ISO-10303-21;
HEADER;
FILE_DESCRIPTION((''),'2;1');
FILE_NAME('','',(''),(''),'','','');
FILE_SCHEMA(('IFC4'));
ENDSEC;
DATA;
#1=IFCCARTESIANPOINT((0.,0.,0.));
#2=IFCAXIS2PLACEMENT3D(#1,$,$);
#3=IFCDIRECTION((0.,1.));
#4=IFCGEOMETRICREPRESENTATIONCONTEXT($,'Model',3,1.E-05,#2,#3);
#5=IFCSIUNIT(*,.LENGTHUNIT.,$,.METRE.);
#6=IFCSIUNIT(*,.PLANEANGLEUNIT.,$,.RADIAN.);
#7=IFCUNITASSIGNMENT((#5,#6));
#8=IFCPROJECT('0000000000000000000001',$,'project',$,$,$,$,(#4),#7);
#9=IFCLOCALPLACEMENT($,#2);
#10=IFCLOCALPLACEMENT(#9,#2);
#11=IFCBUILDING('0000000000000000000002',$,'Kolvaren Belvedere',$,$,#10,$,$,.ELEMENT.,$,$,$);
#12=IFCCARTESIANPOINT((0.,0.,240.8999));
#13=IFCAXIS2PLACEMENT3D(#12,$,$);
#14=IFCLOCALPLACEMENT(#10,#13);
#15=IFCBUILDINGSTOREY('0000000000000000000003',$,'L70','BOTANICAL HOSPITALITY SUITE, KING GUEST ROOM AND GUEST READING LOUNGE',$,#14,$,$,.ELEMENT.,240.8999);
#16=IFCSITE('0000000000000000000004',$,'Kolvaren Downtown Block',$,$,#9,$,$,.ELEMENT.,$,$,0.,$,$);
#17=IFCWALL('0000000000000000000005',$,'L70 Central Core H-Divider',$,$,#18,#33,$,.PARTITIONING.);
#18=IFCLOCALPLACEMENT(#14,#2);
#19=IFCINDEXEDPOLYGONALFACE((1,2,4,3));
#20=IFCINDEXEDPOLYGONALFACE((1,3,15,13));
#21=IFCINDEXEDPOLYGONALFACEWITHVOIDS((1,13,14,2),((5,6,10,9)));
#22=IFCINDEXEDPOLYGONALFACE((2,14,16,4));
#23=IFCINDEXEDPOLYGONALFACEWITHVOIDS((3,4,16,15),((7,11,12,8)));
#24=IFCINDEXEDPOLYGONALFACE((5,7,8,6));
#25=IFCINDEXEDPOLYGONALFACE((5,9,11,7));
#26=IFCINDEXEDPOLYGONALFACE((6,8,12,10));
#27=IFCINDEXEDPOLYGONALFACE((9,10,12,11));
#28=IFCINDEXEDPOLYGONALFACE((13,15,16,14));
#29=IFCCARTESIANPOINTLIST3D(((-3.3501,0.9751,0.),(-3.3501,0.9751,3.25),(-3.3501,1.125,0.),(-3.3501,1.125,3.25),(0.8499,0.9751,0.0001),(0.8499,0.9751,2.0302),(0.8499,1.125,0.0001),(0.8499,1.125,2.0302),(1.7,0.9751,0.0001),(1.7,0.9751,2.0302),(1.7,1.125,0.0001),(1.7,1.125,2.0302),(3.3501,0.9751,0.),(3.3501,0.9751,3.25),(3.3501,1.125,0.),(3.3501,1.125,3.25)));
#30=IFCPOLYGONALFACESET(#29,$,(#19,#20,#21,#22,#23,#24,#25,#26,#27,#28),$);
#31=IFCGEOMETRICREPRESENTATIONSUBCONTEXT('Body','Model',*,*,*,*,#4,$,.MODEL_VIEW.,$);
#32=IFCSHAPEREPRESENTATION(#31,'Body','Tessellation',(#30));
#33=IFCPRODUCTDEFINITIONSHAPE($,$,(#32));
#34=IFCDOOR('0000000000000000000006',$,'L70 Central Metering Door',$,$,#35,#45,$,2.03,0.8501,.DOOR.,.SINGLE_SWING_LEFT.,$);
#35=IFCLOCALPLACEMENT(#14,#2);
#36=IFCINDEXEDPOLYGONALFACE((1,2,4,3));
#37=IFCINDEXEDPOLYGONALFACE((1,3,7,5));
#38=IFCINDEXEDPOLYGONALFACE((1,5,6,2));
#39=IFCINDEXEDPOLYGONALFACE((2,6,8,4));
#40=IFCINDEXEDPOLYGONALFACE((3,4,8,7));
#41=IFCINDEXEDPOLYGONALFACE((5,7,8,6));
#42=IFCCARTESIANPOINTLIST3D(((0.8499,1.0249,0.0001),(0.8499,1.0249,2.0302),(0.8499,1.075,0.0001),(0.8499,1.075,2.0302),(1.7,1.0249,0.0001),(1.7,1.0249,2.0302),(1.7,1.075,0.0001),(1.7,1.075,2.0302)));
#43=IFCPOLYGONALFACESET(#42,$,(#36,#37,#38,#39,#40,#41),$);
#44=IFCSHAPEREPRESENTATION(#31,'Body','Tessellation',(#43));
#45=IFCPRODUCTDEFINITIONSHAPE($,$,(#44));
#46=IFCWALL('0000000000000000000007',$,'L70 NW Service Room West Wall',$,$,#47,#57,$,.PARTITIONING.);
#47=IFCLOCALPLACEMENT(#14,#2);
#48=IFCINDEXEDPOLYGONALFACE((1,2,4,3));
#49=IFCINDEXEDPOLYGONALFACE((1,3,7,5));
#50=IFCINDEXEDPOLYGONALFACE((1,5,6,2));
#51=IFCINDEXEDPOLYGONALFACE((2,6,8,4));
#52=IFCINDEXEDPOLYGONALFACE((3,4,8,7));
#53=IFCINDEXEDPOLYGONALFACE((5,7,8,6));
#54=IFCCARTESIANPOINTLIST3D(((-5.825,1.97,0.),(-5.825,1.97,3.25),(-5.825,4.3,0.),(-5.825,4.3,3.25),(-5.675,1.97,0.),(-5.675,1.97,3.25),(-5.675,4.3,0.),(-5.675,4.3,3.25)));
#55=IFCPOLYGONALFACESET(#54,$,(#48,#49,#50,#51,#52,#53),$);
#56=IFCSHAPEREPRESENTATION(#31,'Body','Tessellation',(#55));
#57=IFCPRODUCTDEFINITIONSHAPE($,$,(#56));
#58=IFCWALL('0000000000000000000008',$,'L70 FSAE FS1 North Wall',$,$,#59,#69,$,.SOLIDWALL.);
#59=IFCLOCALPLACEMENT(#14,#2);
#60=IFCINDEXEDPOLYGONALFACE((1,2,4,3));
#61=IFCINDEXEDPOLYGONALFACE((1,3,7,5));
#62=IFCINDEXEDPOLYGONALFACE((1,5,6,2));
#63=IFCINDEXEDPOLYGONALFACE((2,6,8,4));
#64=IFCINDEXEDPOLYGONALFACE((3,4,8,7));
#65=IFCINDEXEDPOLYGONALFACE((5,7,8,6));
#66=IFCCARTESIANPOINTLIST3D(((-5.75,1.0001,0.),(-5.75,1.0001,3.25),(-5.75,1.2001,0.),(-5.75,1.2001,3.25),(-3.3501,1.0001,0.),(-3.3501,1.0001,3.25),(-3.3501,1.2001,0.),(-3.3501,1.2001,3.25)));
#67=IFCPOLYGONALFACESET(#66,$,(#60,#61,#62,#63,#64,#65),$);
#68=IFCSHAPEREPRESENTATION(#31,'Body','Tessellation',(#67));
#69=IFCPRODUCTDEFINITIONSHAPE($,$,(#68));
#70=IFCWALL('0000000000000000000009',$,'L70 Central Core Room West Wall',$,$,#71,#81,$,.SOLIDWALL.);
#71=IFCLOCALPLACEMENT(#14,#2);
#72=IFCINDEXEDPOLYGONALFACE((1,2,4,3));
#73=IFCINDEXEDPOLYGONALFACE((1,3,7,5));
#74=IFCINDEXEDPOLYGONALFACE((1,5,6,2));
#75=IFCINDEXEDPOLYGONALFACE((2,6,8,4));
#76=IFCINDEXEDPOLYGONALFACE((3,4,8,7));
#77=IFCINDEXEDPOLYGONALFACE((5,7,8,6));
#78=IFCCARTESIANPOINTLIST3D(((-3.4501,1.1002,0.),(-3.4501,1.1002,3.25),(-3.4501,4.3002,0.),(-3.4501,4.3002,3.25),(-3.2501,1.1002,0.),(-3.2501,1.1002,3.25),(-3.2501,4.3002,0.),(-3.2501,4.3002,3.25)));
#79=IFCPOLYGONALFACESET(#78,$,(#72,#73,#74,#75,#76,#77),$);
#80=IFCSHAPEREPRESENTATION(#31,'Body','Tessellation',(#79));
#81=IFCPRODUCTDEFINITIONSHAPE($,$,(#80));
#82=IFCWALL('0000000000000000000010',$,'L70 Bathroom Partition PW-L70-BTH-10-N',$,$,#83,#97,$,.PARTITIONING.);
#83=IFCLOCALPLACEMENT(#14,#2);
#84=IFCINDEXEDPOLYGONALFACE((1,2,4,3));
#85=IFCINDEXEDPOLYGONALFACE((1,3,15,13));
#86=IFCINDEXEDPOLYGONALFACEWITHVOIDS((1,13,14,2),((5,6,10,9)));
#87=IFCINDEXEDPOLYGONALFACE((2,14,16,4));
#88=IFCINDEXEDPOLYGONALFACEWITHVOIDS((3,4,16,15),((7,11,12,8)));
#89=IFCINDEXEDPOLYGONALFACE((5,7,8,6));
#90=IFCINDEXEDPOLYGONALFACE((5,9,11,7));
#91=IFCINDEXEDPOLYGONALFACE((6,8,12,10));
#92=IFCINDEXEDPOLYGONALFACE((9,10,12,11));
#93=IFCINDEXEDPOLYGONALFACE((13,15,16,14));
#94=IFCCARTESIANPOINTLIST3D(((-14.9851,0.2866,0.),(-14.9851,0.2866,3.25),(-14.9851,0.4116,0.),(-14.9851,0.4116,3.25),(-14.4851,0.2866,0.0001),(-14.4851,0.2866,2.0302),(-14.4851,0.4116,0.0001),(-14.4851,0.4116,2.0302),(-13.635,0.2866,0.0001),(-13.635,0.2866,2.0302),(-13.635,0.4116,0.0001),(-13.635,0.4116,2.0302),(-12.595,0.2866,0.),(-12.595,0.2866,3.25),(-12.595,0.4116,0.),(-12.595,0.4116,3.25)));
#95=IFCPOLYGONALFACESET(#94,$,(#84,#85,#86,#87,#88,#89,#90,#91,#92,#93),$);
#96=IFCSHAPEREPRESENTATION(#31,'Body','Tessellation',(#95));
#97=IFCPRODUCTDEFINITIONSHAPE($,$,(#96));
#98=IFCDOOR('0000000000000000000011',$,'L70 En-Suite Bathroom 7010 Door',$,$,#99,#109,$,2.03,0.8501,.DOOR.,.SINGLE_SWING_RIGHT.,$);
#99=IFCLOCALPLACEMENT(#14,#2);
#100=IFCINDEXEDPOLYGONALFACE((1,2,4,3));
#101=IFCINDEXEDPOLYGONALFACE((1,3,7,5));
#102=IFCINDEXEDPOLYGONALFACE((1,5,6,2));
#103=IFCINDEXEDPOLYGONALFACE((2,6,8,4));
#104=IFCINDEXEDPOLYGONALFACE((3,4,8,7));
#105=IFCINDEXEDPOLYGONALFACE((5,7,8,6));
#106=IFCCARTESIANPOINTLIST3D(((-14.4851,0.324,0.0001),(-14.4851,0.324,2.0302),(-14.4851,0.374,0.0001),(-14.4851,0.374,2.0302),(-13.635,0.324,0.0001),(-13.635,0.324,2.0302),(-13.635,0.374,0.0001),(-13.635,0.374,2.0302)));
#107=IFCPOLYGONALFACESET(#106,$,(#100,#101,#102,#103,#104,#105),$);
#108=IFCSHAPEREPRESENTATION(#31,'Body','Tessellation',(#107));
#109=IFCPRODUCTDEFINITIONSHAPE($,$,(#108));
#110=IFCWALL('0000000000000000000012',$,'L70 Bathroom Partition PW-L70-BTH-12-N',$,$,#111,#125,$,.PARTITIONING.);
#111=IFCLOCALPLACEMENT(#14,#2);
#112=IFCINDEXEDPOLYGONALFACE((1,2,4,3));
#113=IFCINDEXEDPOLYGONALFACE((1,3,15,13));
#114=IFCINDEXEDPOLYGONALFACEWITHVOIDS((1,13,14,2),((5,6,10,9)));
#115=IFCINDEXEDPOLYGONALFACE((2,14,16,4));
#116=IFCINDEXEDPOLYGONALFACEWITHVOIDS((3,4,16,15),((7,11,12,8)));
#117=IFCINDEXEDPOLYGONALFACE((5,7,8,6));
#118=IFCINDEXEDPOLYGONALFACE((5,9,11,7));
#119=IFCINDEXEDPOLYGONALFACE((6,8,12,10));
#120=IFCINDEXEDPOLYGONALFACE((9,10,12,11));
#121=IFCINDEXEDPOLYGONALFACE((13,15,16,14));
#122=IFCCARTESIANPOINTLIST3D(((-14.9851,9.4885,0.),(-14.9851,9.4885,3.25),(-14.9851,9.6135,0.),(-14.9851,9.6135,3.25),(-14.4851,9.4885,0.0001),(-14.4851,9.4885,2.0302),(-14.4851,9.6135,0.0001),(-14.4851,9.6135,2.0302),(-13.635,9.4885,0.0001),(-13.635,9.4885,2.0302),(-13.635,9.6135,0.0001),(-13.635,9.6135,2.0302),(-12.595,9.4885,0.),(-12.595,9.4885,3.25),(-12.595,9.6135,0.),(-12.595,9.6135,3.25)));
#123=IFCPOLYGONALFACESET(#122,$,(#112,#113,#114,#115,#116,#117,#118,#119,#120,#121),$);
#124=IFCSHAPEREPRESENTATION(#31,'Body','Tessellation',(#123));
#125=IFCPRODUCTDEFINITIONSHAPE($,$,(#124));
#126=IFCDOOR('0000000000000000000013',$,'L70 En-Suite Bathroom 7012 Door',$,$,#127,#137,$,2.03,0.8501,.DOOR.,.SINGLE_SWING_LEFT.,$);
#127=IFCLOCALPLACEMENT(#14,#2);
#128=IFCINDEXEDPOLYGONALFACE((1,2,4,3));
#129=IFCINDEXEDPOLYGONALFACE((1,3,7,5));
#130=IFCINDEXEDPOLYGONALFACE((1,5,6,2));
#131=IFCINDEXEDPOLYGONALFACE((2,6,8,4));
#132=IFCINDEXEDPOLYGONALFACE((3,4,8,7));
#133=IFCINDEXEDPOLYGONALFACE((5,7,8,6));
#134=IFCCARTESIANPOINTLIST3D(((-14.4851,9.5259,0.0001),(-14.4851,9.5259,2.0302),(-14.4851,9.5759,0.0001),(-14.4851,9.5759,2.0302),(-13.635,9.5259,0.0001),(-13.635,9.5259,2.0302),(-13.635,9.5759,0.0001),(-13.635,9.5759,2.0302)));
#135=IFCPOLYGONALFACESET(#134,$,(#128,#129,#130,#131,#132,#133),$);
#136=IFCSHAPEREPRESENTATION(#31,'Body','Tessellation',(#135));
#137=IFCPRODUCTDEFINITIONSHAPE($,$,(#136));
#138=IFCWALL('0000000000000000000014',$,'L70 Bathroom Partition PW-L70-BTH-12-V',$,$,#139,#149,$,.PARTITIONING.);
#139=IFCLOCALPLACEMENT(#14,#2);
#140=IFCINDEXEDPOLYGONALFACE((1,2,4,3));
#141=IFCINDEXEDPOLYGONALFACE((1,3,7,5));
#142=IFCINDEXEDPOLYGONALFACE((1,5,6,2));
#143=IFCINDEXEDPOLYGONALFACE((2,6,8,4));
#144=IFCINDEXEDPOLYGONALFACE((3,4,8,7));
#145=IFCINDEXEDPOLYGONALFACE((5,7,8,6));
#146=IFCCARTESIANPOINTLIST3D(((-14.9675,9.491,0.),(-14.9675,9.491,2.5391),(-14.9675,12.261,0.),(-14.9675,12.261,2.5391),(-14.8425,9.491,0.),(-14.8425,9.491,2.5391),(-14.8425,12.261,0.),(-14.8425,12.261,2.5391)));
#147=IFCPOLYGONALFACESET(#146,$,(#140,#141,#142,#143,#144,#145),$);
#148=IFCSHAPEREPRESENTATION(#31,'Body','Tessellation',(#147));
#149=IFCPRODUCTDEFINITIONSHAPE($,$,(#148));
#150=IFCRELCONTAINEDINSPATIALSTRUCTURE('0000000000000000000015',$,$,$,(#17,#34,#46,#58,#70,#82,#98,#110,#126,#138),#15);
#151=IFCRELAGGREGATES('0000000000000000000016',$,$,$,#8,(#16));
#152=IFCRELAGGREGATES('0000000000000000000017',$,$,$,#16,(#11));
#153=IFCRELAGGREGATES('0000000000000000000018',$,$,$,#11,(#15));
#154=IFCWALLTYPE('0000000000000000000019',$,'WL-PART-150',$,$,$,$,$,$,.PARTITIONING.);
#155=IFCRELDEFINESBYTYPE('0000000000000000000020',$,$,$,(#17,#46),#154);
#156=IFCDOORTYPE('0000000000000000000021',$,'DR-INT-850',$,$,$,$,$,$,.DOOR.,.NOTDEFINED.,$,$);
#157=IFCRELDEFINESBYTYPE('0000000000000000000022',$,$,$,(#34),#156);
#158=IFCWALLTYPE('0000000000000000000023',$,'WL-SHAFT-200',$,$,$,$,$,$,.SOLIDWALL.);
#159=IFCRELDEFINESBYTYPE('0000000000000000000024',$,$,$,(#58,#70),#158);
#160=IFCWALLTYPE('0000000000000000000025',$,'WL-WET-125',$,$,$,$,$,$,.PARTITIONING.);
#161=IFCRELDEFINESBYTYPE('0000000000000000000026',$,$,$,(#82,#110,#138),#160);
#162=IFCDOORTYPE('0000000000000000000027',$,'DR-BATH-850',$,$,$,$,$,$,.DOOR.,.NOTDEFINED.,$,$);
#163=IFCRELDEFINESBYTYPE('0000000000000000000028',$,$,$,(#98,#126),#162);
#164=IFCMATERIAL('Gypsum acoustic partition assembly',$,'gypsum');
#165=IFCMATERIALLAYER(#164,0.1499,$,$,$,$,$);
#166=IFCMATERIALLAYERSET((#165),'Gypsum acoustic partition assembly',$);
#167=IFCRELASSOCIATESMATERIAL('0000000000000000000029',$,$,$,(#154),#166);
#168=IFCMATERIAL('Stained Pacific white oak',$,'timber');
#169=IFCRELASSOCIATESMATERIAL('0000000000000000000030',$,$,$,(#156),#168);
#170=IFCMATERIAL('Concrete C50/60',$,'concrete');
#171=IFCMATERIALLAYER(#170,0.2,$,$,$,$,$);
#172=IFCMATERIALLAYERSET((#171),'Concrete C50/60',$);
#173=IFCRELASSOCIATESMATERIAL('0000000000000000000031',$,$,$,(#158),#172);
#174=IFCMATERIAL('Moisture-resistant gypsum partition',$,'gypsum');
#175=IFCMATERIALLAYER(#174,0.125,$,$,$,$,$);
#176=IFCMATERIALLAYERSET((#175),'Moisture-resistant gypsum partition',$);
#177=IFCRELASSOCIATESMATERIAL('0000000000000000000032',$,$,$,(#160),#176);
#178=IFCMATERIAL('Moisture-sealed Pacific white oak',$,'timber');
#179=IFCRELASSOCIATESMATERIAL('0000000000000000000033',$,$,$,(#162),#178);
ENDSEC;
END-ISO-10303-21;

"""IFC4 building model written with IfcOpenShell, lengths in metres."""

from ifc_helpers import new_model, si_unit, direction, frame, frame_2d, origin, place, context, subcontext, project, spatial, rectangle, extrude, material, layer, layer_set, type_object, element, fill, save


model = new_model("IFC4")

# Units and contexts
model_context = context("Model", 3, precision=1e-05, world=origin(), true_north=direction((0.0, 1.0)))
body_context = subcontext(model_context, "Body", "Model", "MODEL_VIEW")
ifc_project = project(units=[si_unit("LENGTHUNIT", "METRE"), si_unit("PLANEANGLEUNIT", "RADIAN")], contexts=[model_context])

# Site, building, storey
site_placement = place(None, origin())
site = spatial("IfcSite", under=ifc_project, at=site_placement, Name="Kolvaren Downtown Block", CompositionType="ELEMENT", RefElevation=0.0)
building_placement = place(site_placement, origin())
building = spatial("IfcBuilding", under=site, at=building_placement, Name="Kolvaren Belvedere", CompositionType="ELEMENT")
storey_placement = place(building_placement, frame((0.0, 0.0, 240.8999)))
storey = spatial("IfcBuildingStorey", under=building, at=storey_placement, Name="L70", Description="BOTANICAL HOSPITALITY SUITE, KING GUEST ROOM AND GUEST READING LOUNGE", CompositionType="ELEMENT", Elevation=240.8999)

# Shared definitions
ifc_material_1 = material(Name="Gypsum acoustic partition assembly", Category="gypsum")
ifc_layer_1 = layer(ifc_material_1, 0.1499)
ifc_layer_set_1 = layer_set([ifc_layer_1], Name="Gypsum acoustic partition assembly")
wall_type_1 = type_object("IfcWallType", Name="WL-PART-150", PredefinedType="PARTITIONING", material=ifc_layer_set_1)
ifc_material_2 = material(Name="Stained Pacific white oak", Category="timber")
door_type_1 = type_object("IfcDoorType", Name="DR-INT-850", OperationType="NOTDEFINED", PredefinedType="DOOR", material=ifc_material_2)

# Wall, opening, door
wall_1_placement = place(storey_placement, frame((-3.3501, 1.05, 0.0), z_axis=(0.0, 0.0, 1.0), x_axis=(1.0, 0.0, 0.0)))
wall_1 = element("IfcWall", 1, at=wall_1_placement, inside=storey, type_object=wall_type_1, Name="L70 Central Core H-Divider", PredefinedType="PARTITIONING", context=body_context, shape_type="SweptSolid", body=[
    extrude(rectangle(XDim=6.7002, YDim=0.1499, at=frame_2d((3.3501, 0.0))), origin(), (0.0, 0.0, 1.0), 3.25),
])
opening_1_placement = place(wall_1_placement, frame((4.2, 0.0, 0.0)))
opening_1 = element("IfcOpeningElement", 2, at=opening_1_placement, cuts=wall_1, PredefinedType="OPENING", context=body_context, shape_type="SweptSolid", body=[
    extrude(rectangle(XDim=0.8501, YDim=2.03, at=frame_2d((0.425, 1.0151))), frame((0.0, 0.085, 0.0), z_axis=(0.0, -1.0, 0.0), x_axis=(1.0, 0.0, 0.0)), (0.0, 0.0, 1.0), 0.1699),
])
door_1_placement = place(opening_1_placement, origin())
door_1 = element("IfcDoor", 3, at=door_1_placement, inside=storey, type_object=door_type_1, Name="L70 Central Metering Door", OperationType="SINGLE_SWING_LEFT", OverallHeight=2.03, OverallWidth=0.8501, PredefinedType="DOOR", context=body_context, shape_type="SweptSolid", body=[
    extrude(rectangle(XDim=0.8501, YDim=2.03, at=frame_2d((0.425, 1.0151))), frame((0.0, 0.0249, 0.0), z_axis=(0.0, -1.0, 0.0), x_axis=(1.0, 0.0, 0.0)), (0.0, 0.0, 1.0), 0.05),
])
fill(opening_1, door_1)

# Walls
wall_2_placement = place(storey_placement, frame((-5.75, 1.97, 0.0), z_axis=(0.0, 0.0, 1.0), x_axis=(0.0, 1.0, 0.0)))
element("IfcWall", 4, at=wall_2_placement, inside=storey, type_object=wall_type_1, Name="L70 NW Service Room West Wall", PredefinedType="PARTITIONING", context=body_context, shape_type="SweptSolid", body=[
    extrude(rectangle(XDim=2.3301, YDim=0.1499, at=frame_2d((1.165, 0.0))), origin(), (0.0, 0.0, 1.0), 3.25),
])
ifc_material_3 = material(Name="Concrete C50/60", Category="concrete")
ifc_layer_2 = layer(ifc_material_3, 0.2)
ifc_layer_set_2 = layer_set([ifc_layer_2], Name="Concrete C50/60")
wall_type_2 = type_object("IfcWallType", Name="WL-SHAFT-200", PredefinedType="SOLIDWALL", material=ifc_layer_set_2)
wall_3_placement = place(storey_placement, frame((-5.75, 1.1001, 0.0), z_axis=(0.0, 0.0, 1.0), x_axis=(1.0, 0.0, 0.0)))
element("IfcWall", 5, at=wall_3_placement, inside=storey, type_object=wall_type_2, Name="L70 FSAE FS1 North Wall", PredefinedType="SOLIDWALL", context=body_context, shape_type="SweptSolid", body=[
    extrude(rectangle(XDim=2.3999, YDim=0.2, at=frame_2d((1.2, 0.0))), origin(), (0.0, 0.0, 1.0), 3.25),
])
wall_4_placement = place(storey_placement, frame((-3.3501, 1.1001, 0.0), z_axis=(0.0, 0.0, 1.0), x_axis=(0.0, 1.0, 0.0)))
element("IfcWall", 6, at=wall_4_placement, inside=storey, type_object=wall_type_2, Name="L70 Central Core Room West Wall", PredefinedType="SOLIDWALL", context=body_context, shape_type="SweptSolid", body=[
    extrude(rectangle(XDim=3.2, YDim=0.2, at=frame_2d((1.6001, 0.0))), origin(), (0.0, 0.0, 1.0), 3.25),
])

# Walls, openings, doors
ifc_material_4 = material(Name="Moisture-resistant gypsum partition", Category="gypsum")
ifc_layer_3 = layer(ifc_material_4, 0.125)
ifc_layer_set_3 = layer_set([ifc_layer_3], Name="Moisture-resistant gypsum partition")
wall_type_3 = type_object("IfcWallType", Name="WL-WET-125", PredefinedType="PARTITIONING", material=ifc_layer_set_3)
wall_5_placement = place(storey_placement, frame((-14.9851, 0.3491, 0.0), z_axis=(0.0, 0.0, 1.0), x_axis=(1.0, 0.0, 0.0)))
wall_5 = element("IfcWall", 7, at=wall_5_placement, inside=storey, type_object=wall_type_3, Name="L70 Bathroom Partition PW-L70-BTH-10-N", PredefinedType="PARTITIONING", context=body_context, shape_type="SweptSolid", body=[
    extrude(rectangle(XDim=2.3901, YDim=0.125, at=frame_2d((1.1951, 0.0))), origin(), (0.0, 0.0, 1.0), 3.25),
])
opening_2_placement = place(wall_5_placement, frame((0.5, 0.0, 0.0)))
opening_2 = element("IfcOpeningElement", 8, at=opening_2_placement, cuts=wall_5, PredefinedType="OPENING", context=body_context, shape_type="SweptSolid", body=[
    extrude(rectangle(XDim=0.8501, YDim=2.03, at=frame_2d((0.425, 1.0151))), frame((0.0, 0.0725, 0.0), z_axis=(0.0, -1.0, 0.0), x_axis=(1.0, 0.0, 0.0)), (0.0, 0.0, 1.0), 0.145),
])
ifc_material_5 = material(Name="Moisture-sealed Pacific white oak", Category="timber")
door_type_2 = type_object("IfcDoorType", Name="DR-BATH-850", OperationType="NOTDEFINED", PredefinedType="DOOR", material=ifc_material_5)
door_2_placement = place(opening_2_placement, origin())
door_2 = element("IfcDoor", 9, at=door_2_placement, inside=storey, type_object=door_type_2, Name="L70 En-Suite Bathroom 7010 Door", OperationType="SINGLE_SWING_RIGHT", OverallHeight=2.03, OverallWidth=0.8501, PredefinedType="DOOR", context=body_context, shape_type="SweptSolid", body=[
    extrude(rectangle(XDim=0.8501, YDim=2.03, at=frame_2d((0.425, 1.0151))), frame((0.0, 0.0249, 0.0), z_axis=(0.0, -1.0, 0.0), x_axis=(1.0, 0.0, 0.0)), (0.0, 0.0, 1.0), 0.05),
])
fill(opening_2, door_2)
wall_6_placement = place(storey_placement, frame((-14.9851, 9.551, 0.0), z_axis=(0.0, 0.0, 1.0), x_axis=(1.0, 0.0, 0.0)))
wall_6 = element("IfcWall", 10, at=wall_6_placement, inside=storey, type_object=wall_type_3, Name="L70 Bathroom Partition PW-L70-BTH-12-N", PredefinedType="PARTITIONING", context=body_context, shape_type="SweptSolid", body=[
    extrude(rectangle(XDim=2.3901, YDim=0.125, at=frame_2d((1.1951, 0.0))), origin(), (0.0, 0.0, 1.0), 3.25),
])
opening_3_placement = place(wall_6_placement, frame((0.5, 0.0, 0.0)))
opening_3 = element("IfcOpeningElement", 11, at=opening_3_placement, cuts=wall_6, PredefinedType="OPENING", context=body_context, shape_type="SweptSolid", body=[
    extrude(rectangle(XDim=0.8501, YDim=2.03, at=frame_2d((0.425, 1.0151))), frame((0.0, 0.0725, 0.0), z_axis=(0.0, -1.0, 0.0), x_axis=(1.0, 0.0, 0.0)), (0.0, 0.0, 1.0), 0.145),
])
door_3_placement = place(opening_3_placement, origin())
door_3 = element("IfcDoor", 12, at=door_3_placement, inside=storey, type_object=door_type_2, Name="L70 En-Suite Bathroom 7012 Door", OperationType="SINGLE_SWING_LEFT", OverallHeight=2.03, OverallWidth=0.8501, PredefinedType="DOOR", context=body_context, shape_type="SweptSolid", body=[
    extrude(rectangle(XDim=0.8501, YDim=2.03, at=frame_2d((0.425, 1.0151))), frame((0.0, 0.0249, 0.0), z_axis=(0.0, -1.0, 0.0), x_axis=(1.0, 0.0, 0.0)), (0.0, 0.0, 1.0), 0.05),
])
fill(opening_3, door_3)

# Wall
wall_7_placement = place(storey_placement, frame((-14.905, 9.491, 0.0), z_axis=(0.0, 0.0, 1.0), x_axis=(0.0, 1.0, 0.0)))
element("IfcWall", 13, at=wall_7_placement, inside=storey, type_object=wall_type_3, Name="L70 Bathroom Partition PW-L70-BTH-12-V", PredefinedType="PARTITIONING", context=body_context, shape_type="SweptSolid", body=[
    extrude(rectangle(XDim=2.77, YDim=0.125, at=frame_2d((1.385, 0.0))), origin(), (0.0, 0.0, 1.0), 2.5391),
])

save(model, "model.ifc")
